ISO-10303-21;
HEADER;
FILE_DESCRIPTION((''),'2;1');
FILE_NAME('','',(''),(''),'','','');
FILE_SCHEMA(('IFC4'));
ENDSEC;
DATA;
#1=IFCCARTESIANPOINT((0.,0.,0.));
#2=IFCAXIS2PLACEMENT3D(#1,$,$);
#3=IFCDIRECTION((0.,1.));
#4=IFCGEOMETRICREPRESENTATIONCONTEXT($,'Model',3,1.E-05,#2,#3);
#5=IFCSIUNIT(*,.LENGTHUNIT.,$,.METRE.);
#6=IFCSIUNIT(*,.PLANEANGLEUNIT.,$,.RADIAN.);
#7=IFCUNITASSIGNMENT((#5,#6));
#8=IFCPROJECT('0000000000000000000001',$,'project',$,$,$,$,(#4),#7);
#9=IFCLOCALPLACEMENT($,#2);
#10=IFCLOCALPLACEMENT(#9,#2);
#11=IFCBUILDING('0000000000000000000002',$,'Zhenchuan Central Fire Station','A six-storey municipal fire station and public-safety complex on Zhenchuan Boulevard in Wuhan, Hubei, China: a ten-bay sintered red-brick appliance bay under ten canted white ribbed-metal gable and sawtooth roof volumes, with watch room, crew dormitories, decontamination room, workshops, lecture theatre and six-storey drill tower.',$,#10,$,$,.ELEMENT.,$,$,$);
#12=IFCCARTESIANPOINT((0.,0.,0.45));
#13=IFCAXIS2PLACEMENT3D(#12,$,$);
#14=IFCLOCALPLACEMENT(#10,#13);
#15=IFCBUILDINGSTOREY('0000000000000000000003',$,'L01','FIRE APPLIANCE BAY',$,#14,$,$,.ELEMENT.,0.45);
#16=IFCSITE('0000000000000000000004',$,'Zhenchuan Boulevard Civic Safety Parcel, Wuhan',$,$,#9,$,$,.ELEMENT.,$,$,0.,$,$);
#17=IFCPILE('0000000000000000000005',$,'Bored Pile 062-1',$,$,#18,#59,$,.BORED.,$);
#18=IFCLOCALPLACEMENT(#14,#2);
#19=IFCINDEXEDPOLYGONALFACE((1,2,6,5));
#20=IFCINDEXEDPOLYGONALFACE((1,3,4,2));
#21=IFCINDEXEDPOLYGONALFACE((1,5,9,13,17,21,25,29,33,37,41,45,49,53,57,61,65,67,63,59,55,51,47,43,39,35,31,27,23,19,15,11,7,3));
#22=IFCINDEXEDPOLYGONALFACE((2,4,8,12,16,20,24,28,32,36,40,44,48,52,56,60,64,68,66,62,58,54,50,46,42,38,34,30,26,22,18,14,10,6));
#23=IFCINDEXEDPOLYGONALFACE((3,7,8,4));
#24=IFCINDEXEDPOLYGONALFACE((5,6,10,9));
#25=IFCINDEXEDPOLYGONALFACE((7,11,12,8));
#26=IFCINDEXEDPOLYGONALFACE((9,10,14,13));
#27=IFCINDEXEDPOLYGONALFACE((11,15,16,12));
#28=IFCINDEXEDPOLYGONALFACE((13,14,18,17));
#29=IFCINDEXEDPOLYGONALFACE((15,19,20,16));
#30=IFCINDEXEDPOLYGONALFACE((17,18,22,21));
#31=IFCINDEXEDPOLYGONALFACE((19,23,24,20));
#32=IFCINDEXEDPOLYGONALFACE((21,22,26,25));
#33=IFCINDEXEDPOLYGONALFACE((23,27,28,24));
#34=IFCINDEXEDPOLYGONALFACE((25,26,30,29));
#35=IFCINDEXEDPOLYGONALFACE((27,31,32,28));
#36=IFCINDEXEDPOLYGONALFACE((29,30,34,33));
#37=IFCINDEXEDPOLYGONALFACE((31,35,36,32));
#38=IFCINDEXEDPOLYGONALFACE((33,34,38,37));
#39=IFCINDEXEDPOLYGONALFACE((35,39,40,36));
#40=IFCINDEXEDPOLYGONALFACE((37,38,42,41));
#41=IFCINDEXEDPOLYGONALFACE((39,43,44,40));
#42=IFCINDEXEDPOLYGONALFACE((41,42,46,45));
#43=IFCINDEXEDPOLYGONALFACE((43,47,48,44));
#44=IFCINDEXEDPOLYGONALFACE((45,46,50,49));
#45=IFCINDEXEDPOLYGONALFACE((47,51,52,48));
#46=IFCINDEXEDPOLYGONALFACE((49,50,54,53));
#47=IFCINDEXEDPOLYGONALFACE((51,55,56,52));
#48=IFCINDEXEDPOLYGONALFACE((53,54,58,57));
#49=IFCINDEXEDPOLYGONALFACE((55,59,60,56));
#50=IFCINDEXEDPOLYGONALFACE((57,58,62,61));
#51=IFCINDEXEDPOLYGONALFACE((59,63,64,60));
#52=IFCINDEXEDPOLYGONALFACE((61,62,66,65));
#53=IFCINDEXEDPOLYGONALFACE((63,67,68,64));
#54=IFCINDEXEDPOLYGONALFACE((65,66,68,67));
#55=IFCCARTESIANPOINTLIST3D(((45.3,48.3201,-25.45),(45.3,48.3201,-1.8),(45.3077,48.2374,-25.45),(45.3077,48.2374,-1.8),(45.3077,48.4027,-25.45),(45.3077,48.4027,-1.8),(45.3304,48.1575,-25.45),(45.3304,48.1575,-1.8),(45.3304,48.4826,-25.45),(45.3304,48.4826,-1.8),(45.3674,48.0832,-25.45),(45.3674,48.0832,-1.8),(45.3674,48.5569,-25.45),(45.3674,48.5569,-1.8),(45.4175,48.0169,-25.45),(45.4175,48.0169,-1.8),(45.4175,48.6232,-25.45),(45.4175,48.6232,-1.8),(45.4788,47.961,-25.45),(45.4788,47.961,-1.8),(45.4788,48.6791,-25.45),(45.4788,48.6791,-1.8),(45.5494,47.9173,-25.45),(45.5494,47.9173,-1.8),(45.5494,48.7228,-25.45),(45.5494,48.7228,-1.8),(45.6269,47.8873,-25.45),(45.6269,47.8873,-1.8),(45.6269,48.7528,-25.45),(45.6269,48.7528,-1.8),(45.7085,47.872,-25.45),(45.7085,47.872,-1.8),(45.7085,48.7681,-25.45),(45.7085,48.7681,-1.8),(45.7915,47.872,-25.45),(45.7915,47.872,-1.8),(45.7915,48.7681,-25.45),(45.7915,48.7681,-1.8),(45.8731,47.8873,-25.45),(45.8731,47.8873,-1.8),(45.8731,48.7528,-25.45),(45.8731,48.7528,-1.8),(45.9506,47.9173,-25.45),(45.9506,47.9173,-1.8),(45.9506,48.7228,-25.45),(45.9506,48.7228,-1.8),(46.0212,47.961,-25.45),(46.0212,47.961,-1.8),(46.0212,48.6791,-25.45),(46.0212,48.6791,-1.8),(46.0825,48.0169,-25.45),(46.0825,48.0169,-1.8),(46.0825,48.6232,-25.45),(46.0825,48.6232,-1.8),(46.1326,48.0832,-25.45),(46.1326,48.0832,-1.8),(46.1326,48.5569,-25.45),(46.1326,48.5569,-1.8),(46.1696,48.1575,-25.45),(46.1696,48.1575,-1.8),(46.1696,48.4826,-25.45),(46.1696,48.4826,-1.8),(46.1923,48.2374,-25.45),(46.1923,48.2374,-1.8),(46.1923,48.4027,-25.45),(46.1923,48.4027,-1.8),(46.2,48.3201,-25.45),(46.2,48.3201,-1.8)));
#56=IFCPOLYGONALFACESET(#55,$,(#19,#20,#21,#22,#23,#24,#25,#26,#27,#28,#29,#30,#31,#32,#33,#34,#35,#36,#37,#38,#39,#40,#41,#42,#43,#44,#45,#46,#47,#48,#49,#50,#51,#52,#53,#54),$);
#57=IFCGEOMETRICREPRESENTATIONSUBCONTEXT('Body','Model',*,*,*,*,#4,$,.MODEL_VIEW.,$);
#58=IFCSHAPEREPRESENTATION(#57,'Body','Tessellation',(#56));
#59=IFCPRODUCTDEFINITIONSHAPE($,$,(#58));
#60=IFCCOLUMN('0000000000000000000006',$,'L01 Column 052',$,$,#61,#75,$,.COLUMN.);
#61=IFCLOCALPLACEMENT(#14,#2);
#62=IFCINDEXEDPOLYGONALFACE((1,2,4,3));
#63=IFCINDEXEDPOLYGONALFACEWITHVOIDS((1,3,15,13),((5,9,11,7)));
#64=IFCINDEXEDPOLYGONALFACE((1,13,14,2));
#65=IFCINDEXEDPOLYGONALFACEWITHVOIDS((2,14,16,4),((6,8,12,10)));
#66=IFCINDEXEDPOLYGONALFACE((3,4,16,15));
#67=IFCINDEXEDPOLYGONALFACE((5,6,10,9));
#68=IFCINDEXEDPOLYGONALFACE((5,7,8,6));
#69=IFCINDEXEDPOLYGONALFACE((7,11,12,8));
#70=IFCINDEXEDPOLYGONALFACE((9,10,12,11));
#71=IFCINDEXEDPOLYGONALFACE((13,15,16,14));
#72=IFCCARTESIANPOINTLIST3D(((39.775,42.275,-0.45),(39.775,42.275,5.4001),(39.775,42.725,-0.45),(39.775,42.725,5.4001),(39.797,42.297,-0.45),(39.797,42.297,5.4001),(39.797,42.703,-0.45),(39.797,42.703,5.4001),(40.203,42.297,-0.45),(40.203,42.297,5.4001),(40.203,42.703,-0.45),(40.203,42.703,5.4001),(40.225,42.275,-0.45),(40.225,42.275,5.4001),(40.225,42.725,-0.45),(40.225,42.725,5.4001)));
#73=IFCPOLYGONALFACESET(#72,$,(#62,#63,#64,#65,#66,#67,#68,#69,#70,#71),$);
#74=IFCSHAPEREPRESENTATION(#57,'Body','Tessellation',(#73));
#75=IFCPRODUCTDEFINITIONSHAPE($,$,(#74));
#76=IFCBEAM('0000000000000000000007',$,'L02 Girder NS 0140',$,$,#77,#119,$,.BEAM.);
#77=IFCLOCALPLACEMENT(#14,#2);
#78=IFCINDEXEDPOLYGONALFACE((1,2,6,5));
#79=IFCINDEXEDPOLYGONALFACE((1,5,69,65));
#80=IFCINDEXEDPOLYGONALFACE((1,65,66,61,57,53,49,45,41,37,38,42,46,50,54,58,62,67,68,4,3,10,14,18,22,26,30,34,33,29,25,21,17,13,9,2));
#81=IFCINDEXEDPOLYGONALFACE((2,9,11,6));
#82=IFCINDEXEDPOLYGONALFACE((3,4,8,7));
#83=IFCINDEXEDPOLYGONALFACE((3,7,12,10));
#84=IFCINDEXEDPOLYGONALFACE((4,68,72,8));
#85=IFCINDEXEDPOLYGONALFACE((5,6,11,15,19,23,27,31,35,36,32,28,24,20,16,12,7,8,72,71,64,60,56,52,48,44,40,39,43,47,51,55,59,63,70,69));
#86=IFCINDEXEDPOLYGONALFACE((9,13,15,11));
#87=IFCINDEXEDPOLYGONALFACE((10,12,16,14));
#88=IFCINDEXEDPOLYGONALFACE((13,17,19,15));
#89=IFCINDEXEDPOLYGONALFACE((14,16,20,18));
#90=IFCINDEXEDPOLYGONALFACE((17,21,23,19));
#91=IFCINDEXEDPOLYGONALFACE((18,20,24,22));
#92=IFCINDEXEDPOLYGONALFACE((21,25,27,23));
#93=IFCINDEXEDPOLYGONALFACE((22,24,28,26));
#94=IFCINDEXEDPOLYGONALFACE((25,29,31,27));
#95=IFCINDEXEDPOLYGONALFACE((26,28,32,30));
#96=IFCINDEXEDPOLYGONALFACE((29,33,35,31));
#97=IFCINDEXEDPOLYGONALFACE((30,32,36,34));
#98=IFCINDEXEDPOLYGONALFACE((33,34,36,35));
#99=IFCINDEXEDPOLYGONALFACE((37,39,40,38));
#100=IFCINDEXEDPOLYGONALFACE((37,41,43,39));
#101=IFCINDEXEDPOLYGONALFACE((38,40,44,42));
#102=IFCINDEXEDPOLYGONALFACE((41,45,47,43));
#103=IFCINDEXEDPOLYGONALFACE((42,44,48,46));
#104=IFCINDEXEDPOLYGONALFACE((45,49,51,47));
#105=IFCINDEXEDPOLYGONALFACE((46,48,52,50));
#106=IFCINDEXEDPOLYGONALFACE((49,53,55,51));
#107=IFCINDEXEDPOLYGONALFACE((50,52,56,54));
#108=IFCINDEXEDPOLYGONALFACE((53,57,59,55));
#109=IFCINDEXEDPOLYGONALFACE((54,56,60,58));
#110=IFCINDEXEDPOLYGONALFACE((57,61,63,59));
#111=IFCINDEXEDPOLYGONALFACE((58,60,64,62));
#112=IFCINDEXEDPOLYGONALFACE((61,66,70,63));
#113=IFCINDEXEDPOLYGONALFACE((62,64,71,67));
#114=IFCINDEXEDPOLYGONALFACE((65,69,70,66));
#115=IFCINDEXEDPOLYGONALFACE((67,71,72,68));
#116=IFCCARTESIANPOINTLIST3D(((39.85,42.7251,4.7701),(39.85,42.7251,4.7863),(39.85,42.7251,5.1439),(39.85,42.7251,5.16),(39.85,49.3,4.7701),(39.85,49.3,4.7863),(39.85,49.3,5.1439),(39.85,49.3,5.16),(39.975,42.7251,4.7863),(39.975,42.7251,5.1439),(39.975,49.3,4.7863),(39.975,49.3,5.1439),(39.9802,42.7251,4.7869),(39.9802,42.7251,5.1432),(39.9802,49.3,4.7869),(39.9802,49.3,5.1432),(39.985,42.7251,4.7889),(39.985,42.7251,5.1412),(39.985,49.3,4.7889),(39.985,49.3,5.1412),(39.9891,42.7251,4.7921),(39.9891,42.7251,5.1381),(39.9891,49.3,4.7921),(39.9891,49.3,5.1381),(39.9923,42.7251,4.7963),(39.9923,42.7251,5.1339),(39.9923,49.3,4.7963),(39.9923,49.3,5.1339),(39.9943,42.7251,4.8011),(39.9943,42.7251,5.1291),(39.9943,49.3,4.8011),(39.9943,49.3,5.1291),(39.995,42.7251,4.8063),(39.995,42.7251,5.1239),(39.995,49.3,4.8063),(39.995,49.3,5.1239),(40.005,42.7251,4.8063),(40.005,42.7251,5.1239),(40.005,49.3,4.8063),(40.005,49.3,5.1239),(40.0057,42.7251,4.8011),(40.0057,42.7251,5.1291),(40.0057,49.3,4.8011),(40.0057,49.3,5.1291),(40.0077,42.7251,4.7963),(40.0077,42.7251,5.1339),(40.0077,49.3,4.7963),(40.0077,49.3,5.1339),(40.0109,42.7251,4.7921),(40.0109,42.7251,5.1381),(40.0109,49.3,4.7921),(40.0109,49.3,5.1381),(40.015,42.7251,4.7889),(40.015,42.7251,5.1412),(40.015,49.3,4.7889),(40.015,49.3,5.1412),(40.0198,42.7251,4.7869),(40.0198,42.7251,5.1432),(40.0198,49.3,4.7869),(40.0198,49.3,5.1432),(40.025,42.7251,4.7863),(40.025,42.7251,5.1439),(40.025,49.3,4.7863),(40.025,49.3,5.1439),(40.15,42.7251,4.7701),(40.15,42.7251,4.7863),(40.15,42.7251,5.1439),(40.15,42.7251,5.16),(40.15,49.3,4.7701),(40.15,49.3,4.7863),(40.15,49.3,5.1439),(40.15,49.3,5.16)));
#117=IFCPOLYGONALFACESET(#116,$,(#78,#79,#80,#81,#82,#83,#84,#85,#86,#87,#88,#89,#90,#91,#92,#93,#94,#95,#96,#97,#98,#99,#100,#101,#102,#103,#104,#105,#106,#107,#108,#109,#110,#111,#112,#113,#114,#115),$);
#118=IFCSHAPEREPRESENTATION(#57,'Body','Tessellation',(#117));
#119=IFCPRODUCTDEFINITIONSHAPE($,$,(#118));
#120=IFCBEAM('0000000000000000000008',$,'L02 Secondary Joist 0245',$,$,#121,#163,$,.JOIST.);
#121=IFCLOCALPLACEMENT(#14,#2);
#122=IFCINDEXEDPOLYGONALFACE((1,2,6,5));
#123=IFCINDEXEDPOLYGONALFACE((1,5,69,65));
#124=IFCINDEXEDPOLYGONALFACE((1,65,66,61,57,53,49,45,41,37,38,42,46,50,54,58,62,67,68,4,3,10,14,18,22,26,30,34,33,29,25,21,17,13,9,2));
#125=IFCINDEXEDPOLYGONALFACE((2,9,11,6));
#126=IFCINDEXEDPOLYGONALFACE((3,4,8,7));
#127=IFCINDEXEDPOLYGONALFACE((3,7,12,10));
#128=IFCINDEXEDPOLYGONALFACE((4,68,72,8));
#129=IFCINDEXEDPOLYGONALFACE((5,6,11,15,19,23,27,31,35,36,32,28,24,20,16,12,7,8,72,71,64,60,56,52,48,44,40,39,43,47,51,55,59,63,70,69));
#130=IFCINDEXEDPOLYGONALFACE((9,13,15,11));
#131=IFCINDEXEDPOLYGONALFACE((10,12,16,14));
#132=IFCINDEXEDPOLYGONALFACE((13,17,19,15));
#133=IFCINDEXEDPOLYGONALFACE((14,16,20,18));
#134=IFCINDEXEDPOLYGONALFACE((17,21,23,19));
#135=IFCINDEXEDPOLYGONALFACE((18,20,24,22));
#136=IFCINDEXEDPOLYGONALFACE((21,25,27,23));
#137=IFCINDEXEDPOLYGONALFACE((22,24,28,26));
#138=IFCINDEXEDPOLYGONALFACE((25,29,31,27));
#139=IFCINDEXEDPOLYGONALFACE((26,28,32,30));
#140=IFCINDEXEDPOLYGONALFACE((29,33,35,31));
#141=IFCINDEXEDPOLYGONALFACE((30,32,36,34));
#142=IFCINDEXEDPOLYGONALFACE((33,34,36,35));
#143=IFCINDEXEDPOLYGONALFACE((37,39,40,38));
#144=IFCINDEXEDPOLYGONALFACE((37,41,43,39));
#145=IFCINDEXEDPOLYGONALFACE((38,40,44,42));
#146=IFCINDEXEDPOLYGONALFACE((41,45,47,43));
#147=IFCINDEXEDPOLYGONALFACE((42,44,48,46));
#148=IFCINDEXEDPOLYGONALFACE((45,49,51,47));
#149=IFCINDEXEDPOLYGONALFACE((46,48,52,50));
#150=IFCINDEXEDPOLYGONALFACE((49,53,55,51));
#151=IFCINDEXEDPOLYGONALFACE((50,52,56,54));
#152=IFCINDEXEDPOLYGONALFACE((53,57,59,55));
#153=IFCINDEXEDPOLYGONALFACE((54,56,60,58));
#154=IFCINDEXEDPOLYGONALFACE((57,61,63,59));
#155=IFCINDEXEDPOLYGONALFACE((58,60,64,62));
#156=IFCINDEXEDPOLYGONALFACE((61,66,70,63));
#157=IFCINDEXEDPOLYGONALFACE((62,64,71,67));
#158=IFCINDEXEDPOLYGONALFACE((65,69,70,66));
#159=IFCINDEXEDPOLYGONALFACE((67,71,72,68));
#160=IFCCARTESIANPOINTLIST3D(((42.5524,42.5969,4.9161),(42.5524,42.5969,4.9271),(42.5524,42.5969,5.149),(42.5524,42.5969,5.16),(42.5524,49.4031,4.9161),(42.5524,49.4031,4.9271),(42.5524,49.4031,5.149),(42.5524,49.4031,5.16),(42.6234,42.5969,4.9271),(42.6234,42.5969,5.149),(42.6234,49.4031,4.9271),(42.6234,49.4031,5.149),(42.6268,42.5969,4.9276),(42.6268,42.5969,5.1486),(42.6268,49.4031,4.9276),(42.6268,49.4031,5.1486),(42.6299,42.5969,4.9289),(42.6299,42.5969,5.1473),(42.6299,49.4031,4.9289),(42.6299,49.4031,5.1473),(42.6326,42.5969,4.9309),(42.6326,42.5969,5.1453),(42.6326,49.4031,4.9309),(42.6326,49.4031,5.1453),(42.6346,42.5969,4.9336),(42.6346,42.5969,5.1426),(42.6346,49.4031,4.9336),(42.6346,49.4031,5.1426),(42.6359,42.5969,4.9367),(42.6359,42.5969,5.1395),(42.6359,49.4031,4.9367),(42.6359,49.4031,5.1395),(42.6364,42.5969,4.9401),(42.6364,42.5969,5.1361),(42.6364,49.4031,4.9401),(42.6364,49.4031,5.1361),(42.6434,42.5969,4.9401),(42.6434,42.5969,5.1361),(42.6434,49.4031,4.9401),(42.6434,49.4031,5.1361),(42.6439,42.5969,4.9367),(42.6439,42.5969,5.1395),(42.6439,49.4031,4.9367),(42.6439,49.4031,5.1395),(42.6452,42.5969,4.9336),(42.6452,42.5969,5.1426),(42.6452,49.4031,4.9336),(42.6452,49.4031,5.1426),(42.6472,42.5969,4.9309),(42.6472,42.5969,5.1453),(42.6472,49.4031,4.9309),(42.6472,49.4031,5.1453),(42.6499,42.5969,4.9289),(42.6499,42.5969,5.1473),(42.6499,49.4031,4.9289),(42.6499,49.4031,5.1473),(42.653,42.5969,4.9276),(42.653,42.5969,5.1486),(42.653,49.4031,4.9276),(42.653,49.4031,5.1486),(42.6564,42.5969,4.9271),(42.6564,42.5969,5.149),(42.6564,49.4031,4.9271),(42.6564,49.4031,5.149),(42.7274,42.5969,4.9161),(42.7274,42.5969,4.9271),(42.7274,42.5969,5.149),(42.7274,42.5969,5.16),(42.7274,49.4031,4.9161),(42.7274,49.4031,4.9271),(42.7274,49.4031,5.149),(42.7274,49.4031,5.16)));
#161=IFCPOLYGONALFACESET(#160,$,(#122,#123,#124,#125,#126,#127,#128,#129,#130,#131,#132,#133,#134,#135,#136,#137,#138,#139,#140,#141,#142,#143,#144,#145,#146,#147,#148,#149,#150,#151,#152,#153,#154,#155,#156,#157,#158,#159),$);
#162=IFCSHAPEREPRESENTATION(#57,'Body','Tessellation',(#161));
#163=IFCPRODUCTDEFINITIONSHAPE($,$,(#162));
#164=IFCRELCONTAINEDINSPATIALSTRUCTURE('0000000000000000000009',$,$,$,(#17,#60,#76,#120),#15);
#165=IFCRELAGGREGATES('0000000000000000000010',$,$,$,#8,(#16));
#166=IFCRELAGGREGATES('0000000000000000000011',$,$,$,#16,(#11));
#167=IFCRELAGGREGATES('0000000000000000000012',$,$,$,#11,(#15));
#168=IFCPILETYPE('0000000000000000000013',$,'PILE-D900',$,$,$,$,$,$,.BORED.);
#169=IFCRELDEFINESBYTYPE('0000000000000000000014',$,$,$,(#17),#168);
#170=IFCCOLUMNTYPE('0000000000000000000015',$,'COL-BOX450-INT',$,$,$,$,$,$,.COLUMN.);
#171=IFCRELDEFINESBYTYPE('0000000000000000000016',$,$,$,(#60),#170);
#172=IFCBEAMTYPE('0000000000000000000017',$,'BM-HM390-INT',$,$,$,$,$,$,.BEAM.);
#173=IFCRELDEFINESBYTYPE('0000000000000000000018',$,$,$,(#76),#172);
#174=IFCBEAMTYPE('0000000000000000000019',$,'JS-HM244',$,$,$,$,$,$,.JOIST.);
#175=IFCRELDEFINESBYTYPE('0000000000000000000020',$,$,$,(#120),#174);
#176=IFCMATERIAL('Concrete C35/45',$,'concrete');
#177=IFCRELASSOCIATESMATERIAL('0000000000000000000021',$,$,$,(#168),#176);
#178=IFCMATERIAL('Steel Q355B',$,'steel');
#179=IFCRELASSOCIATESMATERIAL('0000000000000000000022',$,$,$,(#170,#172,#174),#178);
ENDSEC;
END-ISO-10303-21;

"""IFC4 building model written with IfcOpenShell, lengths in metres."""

from ifc_helpers import new_model, si_unit, direction, frame, origin, origin_2d, place, context, subcontext, project, spatial, hollow_rectangle, circle, i_section, extrude, material, material_profile, profile_set, type_object, element, save


model = new_model("IFC4")

# Units and contexts
model_context = context("Model", 3, precision=1e-05, world=origin(), true_north=direction((0.0, 1.0)))
body_context = subcontext(model_context, "Body", "Model", "MODEL_VIEW")
ifc_project = project(units=[si_unit("LENGTHUNIT", "METRE"), si_unit("PLANEANGLEUNIT", "RADIAN")], contexts=[model_context])

# Site, building, storey
site_placement = place(None, origin())
site = spatial("IfcSite", under=ifc_project, at=site_placement, Name="Zhenchuan Boulevard Civic Safety Parcel, Wuhan", CompositionType="ELEMENT", RefElevation=0.0)
building_placement = place(site_placement, origin())
building = spatial("IfcBuilding", under=site, at=building_placement, Name="Zhenchuan Central Fire Station", Description="A six-storey municipal fire station and public-safety complex on Zhenchuan Boulevard in Wuhan, Hubei, China: a ten-bay sintered red-brick appliance bay under ten canted white ribbed-metal gable and sawtooth roof volumes, with watch room, crew dormitories, decontamination room, workshops, lecture theatre and six-storey drill tower.", CompositionType="ELEMENT")
storey_placement = place(building_placement, frame((0.0, 0.0, 0.45)))
storey = spatial("IfcBuildingStorey", under=building, at=storey_placement, Name="L01", Description="FIRE APPLIANCE BAY", CompositionType="ELEMENT", Elevation=0.45)

# Pile
ifc_material_1 = material(Name="Concrete C35/45", Category="concrete")
ifc_material_profile_1 = material_profile(ifc_material_1, circle(Radius=0.45, at=origin_2d()), Name="PILE D900")
ifc_profile_set_1 = profile_set([ifc_material_profile_1], Name="Concrete C35/45")
pile_type_1 = type_object("IfcPileType", Name="PILE-D900", PredefinedType="BORED", material=ifc_profile_set_1)
pile_placement = place(storey_placement, frame((45.75, 48.3201, -1.8), z_axis=(0.0, 0.0, -1.0), x_axis=(1.0, 0.0, 0.0)))
element("IfcPile", 1, at=pile_placement, inside=storey, type_object=pile_type_1, Name="Bored Pile 062-1", PredefinedType="BORED", context=body_context, shape_type="SweptSolid", body=[
    extrude(circle(Radius=0.45, at=origin_2d()), origin(), (0.0, 0.0, 1.0), 23.6499),
])

# Column
ifc_material_2 = material(Name="Steel Q355B", Category="steel")
ifc_material_profile_2 = material_profile(ifc_material_2, hollow_rectangle(XDim=0.45, YDim=0.45, WallThickness=0.022, at=origin_2d()), Name="BOX 450x450x22")
ifc_profile_set_2 = profile_set([ifc_material_profile_2], Name="Steel Q355B")
column_type = type_object("IfcColumnType", Name="COL-BOX450-INT", PredefinedType="COLUMN", material=ifc_profile_set_2)
column_placement = place(storey_placement, frame((40.0, 42.5, -0.45), z_axis=(0.0, 0.0, 1.0), x_axis=(1.0, 0.0, 0.0)))
element("IfcColumn", 2, at=column_placement, inside=storey, type_object=column_type, Name="L01 Column 052", PredefinedType="COLUMN", context=body_context, shape_type="SweptSolid", body=[
    extrude(hollow_rectangle(XDim=0.45, YDim=0.45, WallThickness=0.022, at=origin_2d()), origin(), (0.0, 0.0, 1.0), 5.8501),
])

# Beams
ifc_material_profile_3 = material_profile(ifc_material_2, i_section(OverallWidth=0.3, OverallDepth=0.3899, WebThickness=0.01, FlangeThickness=0.0161, FilletRadius=0.02, at=origin_2d()), Name="HM 390x300")
ifc_profile_set_3 = profile_set([ifc_material_profile_3], Name="Steel Q355B")
beam_type_1 = type_object("IfcBeamType", Name="BM-HM390-INT", PredefinedType="BEAM", material=ifc_profile_set_3)
beam_1_placement = place(storey_placement, frame((40.0, 42.7251, 4.9651), z_axis=(0.0, 1.0, 0.0), x_axis=(-1.0, 0.0, 0.0)))
element("IfcBeam", 3, at=beam_1_placement, inside=storey, type_object=beam_type_1, Name="L02 Girder NS 0140", PredefinedType="BEAM", context=body_context, shape_type="SweptSolid", body=[
    extrude(i_section(OverallWidth=0.3, OverallDepth=0.3899, WebThickness=0.01, FlangeThickness=0.0161, FilletRadius=0.02, at=origin_2d()), origin(), (0.0, 0.0, 1.0), 6.575),
])
ifc_material_profile_4 = material_profile(ifc_material_2, i_section(OverallWidth=0.175, OverallDepth=0.2439, WebThickness=0.0071, FlangeThickness=0.011, FilletRadius=0.0129, at=origin_2d()), Name="HM 244x175")
ifc_profile_set_4 = profile_set([ifc_material_profile_4], Name="Steel Q355B")
beam_type_2 = type_object("IfcBeamType", Name="JS-HM244", PredefinedType="JOIST", material=ifc_profile_set_4)
beam_2_placement = place(storey_placement, frame((42.6399, 42.5969, 5.0381), z_axis=(0.0, 1.0, 0.0), x_axis=(-1.0, 0.0, 0.0)))
element("IfcBeam", 4, at=beam_2_placement, inside=storey, type_object=beam_type_2, Name="L02 Secondary Joist 0245", PredefinedType="JOIST", context=body_context, shape_type="SweptSolid", body=[
    extrude(i_section(OverallWidth=0.175, OverallDepth=0.2439, WebThickness=0.0071, FlangeThickness=0.011, FilletRadius=0.0129, at=origin_2d()), origin(), (0.0, 0.0, 1.0), 6.8062),
])

save(model, "model.ifc")
